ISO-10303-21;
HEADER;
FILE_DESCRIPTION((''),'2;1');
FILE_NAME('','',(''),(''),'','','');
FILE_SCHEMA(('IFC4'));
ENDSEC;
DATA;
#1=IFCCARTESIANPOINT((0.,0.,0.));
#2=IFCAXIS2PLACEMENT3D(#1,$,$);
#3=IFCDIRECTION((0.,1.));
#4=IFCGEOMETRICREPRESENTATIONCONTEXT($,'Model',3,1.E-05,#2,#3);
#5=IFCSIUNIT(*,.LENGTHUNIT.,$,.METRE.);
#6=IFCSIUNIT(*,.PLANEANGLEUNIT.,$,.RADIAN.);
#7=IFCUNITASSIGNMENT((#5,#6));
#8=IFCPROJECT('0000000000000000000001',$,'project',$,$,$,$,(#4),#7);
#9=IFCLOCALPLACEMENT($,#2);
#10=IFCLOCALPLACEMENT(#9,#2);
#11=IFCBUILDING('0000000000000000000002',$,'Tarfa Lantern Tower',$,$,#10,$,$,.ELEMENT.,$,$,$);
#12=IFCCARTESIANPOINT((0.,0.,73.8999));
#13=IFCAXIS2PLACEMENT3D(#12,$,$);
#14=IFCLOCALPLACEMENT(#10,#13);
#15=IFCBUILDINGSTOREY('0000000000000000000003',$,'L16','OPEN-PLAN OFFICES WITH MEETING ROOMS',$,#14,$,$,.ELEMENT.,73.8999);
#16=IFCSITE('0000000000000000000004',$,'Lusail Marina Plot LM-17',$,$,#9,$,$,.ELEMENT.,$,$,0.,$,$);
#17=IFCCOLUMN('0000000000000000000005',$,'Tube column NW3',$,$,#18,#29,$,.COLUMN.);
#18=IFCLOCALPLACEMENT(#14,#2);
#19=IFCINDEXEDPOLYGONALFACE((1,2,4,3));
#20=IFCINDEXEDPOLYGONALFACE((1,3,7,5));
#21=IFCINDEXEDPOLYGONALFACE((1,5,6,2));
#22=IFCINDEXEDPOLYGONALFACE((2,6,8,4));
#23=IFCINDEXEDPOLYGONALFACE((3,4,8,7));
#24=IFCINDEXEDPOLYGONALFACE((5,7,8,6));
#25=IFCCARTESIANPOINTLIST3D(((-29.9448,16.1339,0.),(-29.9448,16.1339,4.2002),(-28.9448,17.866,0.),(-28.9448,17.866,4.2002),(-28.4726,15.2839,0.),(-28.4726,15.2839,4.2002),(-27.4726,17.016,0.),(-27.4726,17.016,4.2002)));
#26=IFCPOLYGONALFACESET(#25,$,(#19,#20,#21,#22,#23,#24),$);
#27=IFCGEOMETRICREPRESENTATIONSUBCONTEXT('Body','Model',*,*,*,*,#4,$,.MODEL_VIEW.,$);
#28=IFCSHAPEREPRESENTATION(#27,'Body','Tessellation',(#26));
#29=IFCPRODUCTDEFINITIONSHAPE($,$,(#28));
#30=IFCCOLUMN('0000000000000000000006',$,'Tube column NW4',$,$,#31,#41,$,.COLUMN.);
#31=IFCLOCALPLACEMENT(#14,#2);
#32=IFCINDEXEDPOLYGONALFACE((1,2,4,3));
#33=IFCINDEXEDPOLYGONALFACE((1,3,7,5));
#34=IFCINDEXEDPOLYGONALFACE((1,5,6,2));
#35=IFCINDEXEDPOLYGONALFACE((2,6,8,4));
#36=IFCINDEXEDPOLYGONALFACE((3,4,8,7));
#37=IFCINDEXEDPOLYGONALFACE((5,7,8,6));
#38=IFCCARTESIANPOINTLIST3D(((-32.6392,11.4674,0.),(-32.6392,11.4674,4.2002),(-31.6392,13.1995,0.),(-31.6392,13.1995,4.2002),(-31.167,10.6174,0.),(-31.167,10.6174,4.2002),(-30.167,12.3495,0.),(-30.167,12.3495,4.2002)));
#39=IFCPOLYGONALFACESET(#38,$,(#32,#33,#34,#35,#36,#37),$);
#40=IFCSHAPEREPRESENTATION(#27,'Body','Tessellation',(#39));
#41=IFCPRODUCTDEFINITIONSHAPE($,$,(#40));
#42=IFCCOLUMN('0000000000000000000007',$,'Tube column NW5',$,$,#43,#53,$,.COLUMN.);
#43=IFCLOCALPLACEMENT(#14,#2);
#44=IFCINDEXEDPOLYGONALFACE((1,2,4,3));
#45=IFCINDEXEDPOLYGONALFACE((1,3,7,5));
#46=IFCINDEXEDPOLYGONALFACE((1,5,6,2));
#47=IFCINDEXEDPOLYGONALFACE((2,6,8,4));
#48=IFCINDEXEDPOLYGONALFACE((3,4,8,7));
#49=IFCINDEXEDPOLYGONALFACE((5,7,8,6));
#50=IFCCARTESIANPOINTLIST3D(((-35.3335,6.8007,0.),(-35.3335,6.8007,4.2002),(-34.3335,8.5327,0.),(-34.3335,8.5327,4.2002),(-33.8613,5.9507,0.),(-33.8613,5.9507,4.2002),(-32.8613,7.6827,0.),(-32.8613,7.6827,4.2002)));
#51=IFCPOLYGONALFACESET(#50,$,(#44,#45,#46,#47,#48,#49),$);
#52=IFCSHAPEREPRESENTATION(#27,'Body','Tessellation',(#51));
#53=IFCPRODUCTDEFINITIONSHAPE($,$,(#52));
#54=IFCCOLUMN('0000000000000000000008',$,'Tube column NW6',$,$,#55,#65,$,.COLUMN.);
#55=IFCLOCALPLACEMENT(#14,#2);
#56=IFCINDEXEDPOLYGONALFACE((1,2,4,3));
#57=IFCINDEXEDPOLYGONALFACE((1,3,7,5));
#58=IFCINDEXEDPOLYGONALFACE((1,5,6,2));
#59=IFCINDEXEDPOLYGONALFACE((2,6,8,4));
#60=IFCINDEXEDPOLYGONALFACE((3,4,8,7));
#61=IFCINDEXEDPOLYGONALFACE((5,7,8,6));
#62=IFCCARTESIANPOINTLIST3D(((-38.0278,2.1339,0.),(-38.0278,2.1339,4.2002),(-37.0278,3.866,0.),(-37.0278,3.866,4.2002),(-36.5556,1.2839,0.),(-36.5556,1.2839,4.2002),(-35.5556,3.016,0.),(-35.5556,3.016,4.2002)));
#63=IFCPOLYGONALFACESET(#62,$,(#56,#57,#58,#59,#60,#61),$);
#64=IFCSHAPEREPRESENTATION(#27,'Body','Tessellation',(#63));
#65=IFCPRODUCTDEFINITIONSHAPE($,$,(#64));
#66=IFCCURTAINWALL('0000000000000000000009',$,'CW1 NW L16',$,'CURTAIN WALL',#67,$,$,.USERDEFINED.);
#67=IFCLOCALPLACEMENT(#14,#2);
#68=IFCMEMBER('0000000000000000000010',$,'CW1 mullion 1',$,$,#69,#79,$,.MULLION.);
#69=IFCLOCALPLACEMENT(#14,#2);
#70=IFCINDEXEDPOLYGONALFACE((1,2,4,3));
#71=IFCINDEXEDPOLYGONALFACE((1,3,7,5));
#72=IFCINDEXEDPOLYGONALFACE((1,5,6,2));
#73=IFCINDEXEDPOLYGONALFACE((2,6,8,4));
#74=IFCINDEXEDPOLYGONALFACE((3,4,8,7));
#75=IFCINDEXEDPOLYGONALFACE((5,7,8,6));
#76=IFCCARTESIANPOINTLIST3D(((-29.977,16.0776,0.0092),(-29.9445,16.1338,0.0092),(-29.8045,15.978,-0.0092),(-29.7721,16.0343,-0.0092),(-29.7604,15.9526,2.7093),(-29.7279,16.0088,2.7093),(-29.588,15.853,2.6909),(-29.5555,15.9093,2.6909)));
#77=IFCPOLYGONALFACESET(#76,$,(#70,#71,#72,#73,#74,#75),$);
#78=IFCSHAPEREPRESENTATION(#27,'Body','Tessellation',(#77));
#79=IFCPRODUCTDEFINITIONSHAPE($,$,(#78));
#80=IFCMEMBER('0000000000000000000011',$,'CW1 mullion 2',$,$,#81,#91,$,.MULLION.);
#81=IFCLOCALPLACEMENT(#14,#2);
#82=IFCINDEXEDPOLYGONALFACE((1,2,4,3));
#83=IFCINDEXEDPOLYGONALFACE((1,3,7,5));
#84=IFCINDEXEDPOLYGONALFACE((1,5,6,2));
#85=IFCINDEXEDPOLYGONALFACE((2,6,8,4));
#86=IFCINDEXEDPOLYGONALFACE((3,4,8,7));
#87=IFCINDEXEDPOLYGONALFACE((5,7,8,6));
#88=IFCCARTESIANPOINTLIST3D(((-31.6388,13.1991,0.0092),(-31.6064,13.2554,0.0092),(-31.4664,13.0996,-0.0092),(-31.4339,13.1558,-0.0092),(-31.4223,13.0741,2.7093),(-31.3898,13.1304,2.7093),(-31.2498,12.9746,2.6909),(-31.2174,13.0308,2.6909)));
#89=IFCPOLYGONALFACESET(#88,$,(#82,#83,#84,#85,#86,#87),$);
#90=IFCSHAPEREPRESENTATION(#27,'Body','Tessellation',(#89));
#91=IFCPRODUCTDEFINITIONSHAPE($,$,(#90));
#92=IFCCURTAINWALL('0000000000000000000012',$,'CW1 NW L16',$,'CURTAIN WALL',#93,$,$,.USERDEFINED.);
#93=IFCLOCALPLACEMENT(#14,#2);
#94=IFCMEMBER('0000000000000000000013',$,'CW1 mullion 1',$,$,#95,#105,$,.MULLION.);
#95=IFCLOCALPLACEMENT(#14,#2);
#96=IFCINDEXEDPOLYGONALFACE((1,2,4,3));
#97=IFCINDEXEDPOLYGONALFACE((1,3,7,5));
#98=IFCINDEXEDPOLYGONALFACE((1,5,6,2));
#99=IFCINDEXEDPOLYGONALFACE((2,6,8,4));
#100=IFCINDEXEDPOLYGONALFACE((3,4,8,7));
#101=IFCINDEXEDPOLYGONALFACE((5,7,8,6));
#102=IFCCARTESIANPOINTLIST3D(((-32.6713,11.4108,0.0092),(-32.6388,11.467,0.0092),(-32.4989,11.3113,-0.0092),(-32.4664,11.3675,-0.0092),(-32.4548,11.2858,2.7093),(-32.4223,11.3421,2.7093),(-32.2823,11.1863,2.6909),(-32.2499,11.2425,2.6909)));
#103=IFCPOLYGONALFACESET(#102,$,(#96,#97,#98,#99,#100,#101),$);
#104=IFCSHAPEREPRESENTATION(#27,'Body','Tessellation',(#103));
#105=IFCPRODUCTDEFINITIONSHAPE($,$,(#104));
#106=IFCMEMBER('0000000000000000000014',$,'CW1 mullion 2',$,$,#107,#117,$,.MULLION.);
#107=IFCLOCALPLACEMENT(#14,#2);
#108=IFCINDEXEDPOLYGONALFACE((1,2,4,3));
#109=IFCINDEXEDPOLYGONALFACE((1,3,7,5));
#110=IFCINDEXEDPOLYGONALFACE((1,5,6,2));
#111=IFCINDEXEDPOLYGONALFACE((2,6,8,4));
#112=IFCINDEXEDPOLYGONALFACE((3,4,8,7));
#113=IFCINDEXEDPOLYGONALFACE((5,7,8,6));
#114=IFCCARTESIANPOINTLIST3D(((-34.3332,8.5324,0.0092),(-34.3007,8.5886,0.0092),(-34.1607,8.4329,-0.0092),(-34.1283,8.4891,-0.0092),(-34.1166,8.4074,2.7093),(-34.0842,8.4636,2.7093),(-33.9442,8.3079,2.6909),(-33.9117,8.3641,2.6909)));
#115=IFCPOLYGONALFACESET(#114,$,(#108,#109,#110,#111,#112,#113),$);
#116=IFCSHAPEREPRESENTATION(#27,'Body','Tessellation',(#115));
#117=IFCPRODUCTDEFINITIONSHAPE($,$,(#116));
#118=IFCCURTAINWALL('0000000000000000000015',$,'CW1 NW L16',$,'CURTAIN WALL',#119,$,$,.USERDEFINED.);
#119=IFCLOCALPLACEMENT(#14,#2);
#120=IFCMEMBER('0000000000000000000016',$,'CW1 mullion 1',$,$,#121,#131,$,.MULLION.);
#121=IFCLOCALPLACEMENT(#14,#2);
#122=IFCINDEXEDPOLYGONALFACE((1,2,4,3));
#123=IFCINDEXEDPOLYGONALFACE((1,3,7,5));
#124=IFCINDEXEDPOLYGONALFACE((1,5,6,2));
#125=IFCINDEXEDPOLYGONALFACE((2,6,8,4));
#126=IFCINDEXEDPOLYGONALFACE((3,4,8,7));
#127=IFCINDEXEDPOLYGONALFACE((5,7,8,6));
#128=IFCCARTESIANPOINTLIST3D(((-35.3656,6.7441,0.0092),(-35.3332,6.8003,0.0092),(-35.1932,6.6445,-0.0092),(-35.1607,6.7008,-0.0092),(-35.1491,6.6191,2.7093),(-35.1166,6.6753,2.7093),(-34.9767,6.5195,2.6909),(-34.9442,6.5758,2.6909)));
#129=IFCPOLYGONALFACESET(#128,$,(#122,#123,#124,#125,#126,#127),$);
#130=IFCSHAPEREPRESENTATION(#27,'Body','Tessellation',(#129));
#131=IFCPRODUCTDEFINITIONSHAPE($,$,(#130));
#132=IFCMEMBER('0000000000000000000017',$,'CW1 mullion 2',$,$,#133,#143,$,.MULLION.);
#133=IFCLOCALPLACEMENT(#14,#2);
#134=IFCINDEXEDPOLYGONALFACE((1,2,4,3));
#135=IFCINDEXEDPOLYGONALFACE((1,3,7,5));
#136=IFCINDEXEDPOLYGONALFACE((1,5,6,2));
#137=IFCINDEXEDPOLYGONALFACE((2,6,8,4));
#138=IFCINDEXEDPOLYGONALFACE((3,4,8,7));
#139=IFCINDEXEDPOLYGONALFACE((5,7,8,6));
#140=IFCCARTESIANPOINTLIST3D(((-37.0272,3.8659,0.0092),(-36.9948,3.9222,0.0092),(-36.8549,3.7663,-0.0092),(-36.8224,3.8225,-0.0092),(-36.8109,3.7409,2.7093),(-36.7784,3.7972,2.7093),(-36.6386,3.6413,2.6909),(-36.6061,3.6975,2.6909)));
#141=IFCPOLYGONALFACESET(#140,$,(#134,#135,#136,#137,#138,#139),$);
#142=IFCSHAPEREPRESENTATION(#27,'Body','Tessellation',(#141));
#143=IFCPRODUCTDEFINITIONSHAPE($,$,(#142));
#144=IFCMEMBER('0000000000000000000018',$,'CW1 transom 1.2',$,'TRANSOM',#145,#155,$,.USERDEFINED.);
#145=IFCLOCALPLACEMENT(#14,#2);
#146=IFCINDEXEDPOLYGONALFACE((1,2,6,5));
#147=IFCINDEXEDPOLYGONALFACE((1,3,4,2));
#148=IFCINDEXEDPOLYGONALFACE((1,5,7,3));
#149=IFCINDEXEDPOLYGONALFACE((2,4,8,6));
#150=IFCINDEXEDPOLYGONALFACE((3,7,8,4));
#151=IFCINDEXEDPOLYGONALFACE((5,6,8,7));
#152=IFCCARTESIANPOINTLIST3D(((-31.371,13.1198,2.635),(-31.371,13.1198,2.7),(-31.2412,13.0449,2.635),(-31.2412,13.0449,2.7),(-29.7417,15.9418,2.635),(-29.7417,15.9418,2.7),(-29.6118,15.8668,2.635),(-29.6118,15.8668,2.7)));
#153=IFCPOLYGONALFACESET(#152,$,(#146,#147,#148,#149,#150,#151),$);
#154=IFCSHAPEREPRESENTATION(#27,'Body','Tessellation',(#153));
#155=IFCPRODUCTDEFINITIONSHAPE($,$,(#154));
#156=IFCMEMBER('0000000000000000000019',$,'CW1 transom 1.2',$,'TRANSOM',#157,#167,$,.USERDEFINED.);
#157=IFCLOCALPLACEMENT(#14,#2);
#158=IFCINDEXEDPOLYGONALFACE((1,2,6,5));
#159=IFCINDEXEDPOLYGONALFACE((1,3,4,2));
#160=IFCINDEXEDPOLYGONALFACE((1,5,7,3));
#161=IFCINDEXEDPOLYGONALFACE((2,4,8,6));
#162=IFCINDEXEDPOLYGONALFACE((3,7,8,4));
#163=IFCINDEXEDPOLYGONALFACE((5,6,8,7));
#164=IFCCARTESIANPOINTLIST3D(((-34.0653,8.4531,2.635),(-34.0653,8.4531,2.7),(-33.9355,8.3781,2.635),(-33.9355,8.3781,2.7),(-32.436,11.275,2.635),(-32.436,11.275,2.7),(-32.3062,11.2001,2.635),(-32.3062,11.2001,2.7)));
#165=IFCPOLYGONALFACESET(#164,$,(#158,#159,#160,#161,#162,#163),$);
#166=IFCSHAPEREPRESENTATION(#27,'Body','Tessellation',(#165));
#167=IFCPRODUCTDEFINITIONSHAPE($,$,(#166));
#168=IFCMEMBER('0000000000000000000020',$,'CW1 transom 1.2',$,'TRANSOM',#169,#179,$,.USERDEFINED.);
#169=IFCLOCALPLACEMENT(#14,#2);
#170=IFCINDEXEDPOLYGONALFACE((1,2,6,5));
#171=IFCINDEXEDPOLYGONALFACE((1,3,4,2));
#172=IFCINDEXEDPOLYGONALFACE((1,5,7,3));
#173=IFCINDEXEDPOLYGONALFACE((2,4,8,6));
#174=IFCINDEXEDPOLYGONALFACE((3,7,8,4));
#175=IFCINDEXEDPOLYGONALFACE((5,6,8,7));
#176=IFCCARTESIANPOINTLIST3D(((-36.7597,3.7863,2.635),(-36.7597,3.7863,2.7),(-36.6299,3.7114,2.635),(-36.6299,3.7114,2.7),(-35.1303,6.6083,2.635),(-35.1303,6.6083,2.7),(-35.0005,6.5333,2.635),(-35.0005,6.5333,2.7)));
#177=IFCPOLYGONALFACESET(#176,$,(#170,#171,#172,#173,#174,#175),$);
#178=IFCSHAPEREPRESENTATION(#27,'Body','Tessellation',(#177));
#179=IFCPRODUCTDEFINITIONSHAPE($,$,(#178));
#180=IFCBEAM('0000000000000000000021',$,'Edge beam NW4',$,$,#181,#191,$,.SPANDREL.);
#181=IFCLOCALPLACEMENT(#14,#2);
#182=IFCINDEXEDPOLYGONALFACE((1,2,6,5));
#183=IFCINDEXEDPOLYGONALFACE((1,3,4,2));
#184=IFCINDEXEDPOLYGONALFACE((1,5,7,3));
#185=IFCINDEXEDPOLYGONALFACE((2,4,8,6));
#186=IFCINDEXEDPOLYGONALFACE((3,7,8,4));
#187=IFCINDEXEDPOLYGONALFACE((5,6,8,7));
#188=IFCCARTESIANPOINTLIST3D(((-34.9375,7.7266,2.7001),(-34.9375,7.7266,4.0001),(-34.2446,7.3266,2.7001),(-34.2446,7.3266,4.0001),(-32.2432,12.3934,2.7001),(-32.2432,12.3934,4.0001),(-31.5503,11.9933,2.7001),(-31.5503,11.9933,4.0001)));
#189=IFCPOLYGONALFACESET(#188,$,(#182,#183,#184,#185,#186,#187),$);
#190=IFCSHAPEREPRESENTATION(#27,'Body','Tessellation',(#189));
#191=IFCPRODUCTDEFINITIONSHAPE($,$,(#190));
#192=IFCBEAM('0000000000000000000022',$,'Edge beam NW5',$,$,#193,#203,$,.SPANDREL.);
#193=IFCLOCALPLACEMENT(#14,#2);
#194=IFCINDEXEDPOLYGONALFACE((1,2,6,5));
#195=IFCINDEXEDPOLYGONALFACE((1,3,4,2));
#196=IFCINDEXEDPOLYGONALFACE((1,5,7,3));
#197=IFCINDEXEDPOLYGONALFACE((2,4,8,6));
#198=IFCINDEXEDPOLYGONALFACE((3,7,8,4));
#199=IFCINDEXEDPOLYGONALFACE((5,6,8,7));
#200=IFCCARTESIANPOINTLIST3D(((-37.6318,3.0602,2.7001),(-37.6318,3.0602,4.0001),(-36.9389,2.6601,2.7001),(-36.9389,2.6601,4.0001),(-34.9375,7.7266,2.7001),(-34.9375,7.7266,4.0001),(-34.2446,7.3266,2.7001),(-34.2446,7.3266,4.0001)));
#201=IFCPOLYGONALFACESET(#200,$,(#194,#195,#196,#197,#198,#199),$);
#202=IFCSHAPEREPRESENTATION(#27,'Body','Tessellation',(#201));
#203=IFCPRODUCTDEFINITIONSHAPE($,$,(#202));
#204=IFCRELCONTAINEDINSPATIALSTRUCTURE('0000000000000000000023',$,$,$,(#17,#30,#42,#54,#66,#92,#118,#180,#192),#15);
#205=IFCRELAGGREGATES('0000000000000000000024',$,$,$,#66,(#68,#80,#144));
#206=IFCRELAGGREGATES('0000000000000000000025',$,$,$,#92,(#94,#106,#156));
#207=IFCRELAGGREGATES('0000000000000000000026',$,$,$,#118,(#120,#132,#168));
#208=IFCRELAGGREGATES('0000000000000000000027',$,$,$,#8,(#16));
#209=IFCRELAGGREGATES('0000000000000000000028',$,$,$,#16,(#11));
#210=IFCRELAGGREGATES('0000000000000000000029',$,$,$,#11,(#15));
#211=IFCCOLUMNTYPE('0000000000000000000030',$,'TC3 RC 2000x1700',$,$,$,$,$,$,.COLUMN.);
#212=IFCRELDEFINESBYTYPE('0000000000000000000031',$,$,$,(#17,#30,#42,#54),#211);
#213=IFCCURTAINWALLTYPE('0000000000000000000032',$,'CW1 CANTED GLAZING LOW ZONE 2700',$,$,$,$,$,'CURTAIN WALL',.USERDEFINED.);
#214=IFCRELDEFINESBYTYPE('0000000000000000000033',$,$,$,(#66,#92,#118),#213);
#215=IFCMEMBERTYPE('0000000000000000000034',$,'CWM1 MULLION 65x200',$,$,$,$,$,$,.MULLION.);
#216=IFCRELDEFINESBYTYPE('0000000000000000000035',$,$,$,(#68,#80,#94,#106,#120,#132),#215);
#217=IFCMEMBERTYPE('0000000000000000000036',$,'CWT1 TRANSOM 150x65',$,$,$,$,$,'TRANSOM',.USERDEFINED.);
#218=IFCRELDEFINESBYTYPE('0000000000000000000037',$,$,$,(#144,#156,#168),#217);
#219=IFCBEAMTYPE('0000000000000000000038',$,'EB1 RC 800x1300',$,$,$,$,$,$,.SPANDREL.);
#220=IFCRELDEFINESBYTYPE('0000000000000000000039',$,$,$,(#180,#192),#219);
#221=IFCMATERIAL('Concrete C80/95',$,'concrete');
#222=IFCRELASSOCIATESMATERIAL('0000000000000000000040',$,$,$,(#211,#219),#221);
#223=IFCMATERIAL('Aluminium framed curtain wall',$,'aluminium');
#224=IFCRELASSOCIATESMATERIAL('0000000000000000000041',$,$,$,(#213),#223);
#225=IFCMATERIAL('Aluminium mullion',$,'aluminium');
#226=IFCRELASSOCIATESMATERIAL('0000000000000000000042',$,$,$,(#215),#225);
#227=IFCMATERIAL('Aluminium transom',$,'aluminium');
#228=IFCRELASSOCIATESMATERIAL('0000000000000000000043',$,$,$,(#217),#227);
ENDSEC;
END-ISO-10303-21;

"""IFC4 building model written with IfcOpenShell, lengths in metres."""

from ifc_helpers import new_model, si_unit, direction, frame, origin, origin_2d, place, context, subcontext, project, spatial, rectangle, extrude, material, material_profile, profile_set, type_object, element, aggregate, save


model = new_model("IFC4")

# Units and contexts
model_context = context("Model", 3, precision=1e-05, world=origin(), true_north=direction((0.0, 1.0)))
body_context = subcontext(model_context, "Body", "Model", "MODEL_VIEW")
ifc_project = project(units=[si_unit("LENGTHUNIT", "METRE"), si_unit("PLANEANGLEUNIT", "RADIAN")], contexts=[model_context])

# Site, building, storey
site_placement = place(None, origin())
site = spatial("IfcSite", under=ifc_project, at=site_placement, Name="Lusail Marina Plot LM-17", CompositionType="ELEMENT", RefElevation=0.0)
building_placement = place(site_placement, origin())
building = spatial("IfcBuilding", under=site, at=building_placement, Name="Tarfa Lantern Tower", CompositionType="ELEMENT")
storey_placement = place(building_placement, frame((0.0, 0.0, 73.8999)))
storey = spatial("IfcBuildingStorey", under=building, at=storey_placement, Name="L16", Description="OPEN-PLAN OFFICES WITH MEETING ROOMS", CompositionType="ELEMENT", Elevation=73.8999)

# Columns
ifc_material_1 = material(Name="Concrete C80/95", Category="concrete")
ifc_material_profile_1 = material_profile(ifc_material_1, rectangle(XDim=2.0, YDim=1.7, at=origin_2d()), Name="RC 2000x1700")
ifc_profile_set_1 = profile_set([ifc_material_profile_1], Name="Concrete C80/95")
column_type = type_object("IfcColumnType", Name="TC3 RC 2000x1700", PredefinedType="COLUMN", material=ifc_profile_set_1)
for number, where, z_axis, x_axis, name in (
    (1, (-28.7087, 16.575, 0.0), (0.0, 0.0, 1.0), (-0.5, -0.866025, 0.0), "Tube column NW3"),
    (2, (-31.4031, 11.9084, 0.0), (0.0, 0.0, 1.0), (-0.5, -0.866025, 0.0), "Tube column NW4"),
    (3, (-34.0974, 7.2417, 0.0), (0.0, 0.0, 1.0), (-0.5, -0.866025, 0.0), "Tube column NW5"),
    (4, (-36.7917, 2.575, 0.0), (0.0, 0.0, 1.0), (-0.5, -0.866025, 0.0), "Tube column NW6"),
):
    element("IfcColumn", number, at=place(storey_placement, frame(where, z_axis=z_axis, x_axis=x_axis)), inside=storey, type_object=column_type, Name=name, PredefinedType="COLUMN", context=body_context, shape_type="SweptSolid", body=[
        extrude(rectangle(XDim=2.0, YDim=1.7, at=origin_2d()), origin(), (0.0, 0.0, 1.0), 4.2002),
    ])

# Curtain walls, members
ifc_material_2 = material(Name="Aluminium framed curtain wall", Category="aluminium")
curtain_wall_type = type_object("IfcCurtainWallType", Name="CW1 CANTED GLAZING LOW ZONE 2700", ElementType="CURTAIN WALL", PredefinedType="USERDEFINED", material=ifc_material_2)
curtain_wall_1_placement = place(storey_placement, origin())
curtain_wall_1 = element("IfcCurtainWall", 5, at=curtain_wall_1_placement, inside=storey, type_object=curtain_wall_type, Name="CW1 NW L16", ObjectType="CURTAIN WALL", PredefinedType="USERDEFINED")
ifc_material_3 = material(Name="Aluminium mullion", Category="aluminium")
ifc_material_profile_2 = material_profile(ifc_material_3, rectangle(XDim=0.0649, YDim=0.2, at=origin_2d()), Name="AL MULLION 65x200")
ifc_profile_set_2 = profile_set([ifc_material_profile_2], Name="Aluminium mullion")
member_type_1 = type_object("IfcMemberType", Name="CWM1 MULLION 65x200", PredefinedType="MULLION", material=ifc_profile_set_2)
member_1_placement = place(storey_placement, frame((-29.8745, 16.0559, 0.0), z_axis=(0.079857, -0.046096, 0.99574), x_axis=(0.49992, 0.866072, 0.0)))
member_1 = element("IfcMember", 6, at=member_1_placement, type_object=member_type_1, Name="CW1 mullion 1", PredefinedType="MULLION", context=body_context, shape_type="SweptSolid", body=[
    extrude(rectangle(XDim=0.0649, YDim=0.2, at=origin_2d()), origin(), (0.0, 0.0, 1.0), 2.7117),
])
member_2_placement = place(storey_placement, frame((-31.5364, 13.1775, 0.0), z_axis=(0.079857, -0.046096, 0.99574), x_axis=(0.49992, 0.866072, 0.0)))
member_2 = element("IfcMember", 7, at=member_2_placement, type_object=member_type_1, Name="CW1 mullion 2", PredefinedType="MULLION", context=body_context, shape_type="SweptSolid", body=[
    extrude(rectangle(XDim=0.0649, YDim=0.2, at=origin_2d()), origin(), (0.0, 0.0, 1.0), 2.7117),
])
curtain_wall_2_placement = place(storey_placement, origin())
curtain_wall_2 = element("IfcCurtainWall", 8, at=curtain_wall_2_placement, inside=storey, type_object=curtain_wall_type, Name="CW1 NW L16", ObjectType="CURTAIN WALL", PredefinedType="USERDEFINED")
member_3_placement = place(storey_placement, frame((-32.5688, 11.3892, 0.0), z_axis=(0.079857, -0.046096, 0.99574), x_axis=(0.49992, 0.866072, 0.0)))
member_3 = element("IfcMember", 9, at=member_3_placement, type_object=member_type_1, Name="CW1 mullion 1", PredefinedType="MULLION", context=body_context, shape_type="SweptSolid", body=[
    extrude(rectangle(XDim=0.0649, YDim=0.2, at=origin_2d()), origin(), (0.0, 0.0, 1.0), 2.7117),
])
member_4_placement = place(storey_placement, frame((-34.2307, 8.5107, 0.0), z_axis=(0.079857, -0.046096, 0.99574), x_axis=(0.49992, 0.866072, 0.0)))
member_4 = element("IfcMember", 10, at=member_4_placement, type_object=member_type_1, Name="CW1 mullion 2", PredefinedType="MULLION", context=body_context, shape_type="SweptSolid", body=[
    extrude(rectangle(XDim=0.0649, YDim=0.2, at=origin_2d()), origin(), (0.0, 0.0, 1.0), 2.7117),
])
curtain_wall_3_placement = place(storey_placement, origin())
curtain_wall_3 = element("IfcCurtainWall", 11, at=curtain_wall_3_placement, inside=storey, type_object=curtain_wall_type, Name="CW1 NW L16", ObjectType="CURTAIN WALL", PredefinedType="USERDEFINED")
member_5_placement = place(storey_placement, frame((-35.2632, 6.7224, 0.0), z_axis=(0.079857, -0.046096, 0.99574), x_axis=(0.49992, 0.866072, 0.0)))
member_5 = element("IfcMember", 12, at=member_5_placement, type_object=member_type_1, Name="CW1 mullion 1", PredefinedType="MULLION", context=body_context, shape_type="SweptSolid", body=[
    extrude(rectangle(XDim=0.0649, YDim=0.2, at=origin_2d()), origin(), (0.0, 0.0, 1.0), 2.7117),
])
member_6_placement = place(storey_placement, frame((-36.9248, 3.8442, 0.0), z_axis=(0.079768, -0.046096, 0.995747), x_axis=(0.500343, 0.865827, 0.0)))
member_6 = element("IfcMember", 13, at=member_6_placement, type_object=member_type_1, Name="CW1 mullion 2", PredefinedType="MULLION", context=body_context, shape_type="SweptSolid", body=[
    extrude(rectangle(XDim=0.0649, YDim=0.2, at=origin_2d()), origin(), (0.0, 0.0, 1.0), 2.7117),
])

# Members
ifc_material_4 = material(Name="Aluminium transom", Category="aluminium")
ifc_material_profile_3 = material_profile(ifc_material_4, rectangle(XDim=0.1499, YDim=0.0649, at=origin_2d()), Name="AL TRANSOM 150x65")
ifc_profile_set_3 = profile_set([ifc_material_profile_3], Name="Aluminium transom")
member_type_2 = type_object("IfcMemberType", Name="CWT1 TRANSOM 150x65", ElementType="TRANSOM", PredefinedType="USERDEFINED", material=ifc_profile_set_3)
member_7_placement = place(storey_placement, frame((-29.6768, 15.9043, 2.6675), z_axis=(-0.500023, -0.866012, 0.0), x_axis=(0.866012, -0.500023, 0.0)))
member_7 = element("IfcMember", 14, at=member_7_placement, type_object=member_type_2, Name="CW1 transom 1.2", ObjectType="TRANSOM", PredefinedType="USERDEFINED", context=body_context, shape_type="SweptSolid", body=[
    extrude(rectangle(XDim=0.1499, YDim=0.0649, at=origin_2d()), origin(), (0.0, 0.0, 1.0), 3.2585),
])
member_8_placement = place(storey_placement, frame((-32.3711, 11.2375, 2.6675), z_axis=(-0.500023, -0.866012, 0.0), x_axis=(0.866012, -0.500023, 0.0)))
member_8 = element("IfcMember", 15, at=member_8_placement, type_object=member_type_2, Name="CW1 transom 1.2", ObjectType="TRANSOM", PredefinedType="USERDEFINED", context=body_context, shape_type="SweptSolid", body=[
    extrude(rectangle(XDim=0.1499, YDim=0.0649, at=origin_2d()), origin(), (0.0, 0.0, 1.0), 3.2585),
])
member_9_placement = place(storey_placement, frame((-35.0654, 6.5708, 2.6675), z_axis=(-0.500023, -0.866012, 0.0), x_axis=(0.866012, -0.500023, 0.0)))
member_9 = element("IfcMember", 16, at=member_9_placement, type_object=member_type_2, Name="CW1 transom 1.2", ObjectType="TRANSOM", PredefinedType="USERDEFINED", context=body_context, shape_type="SweptSolid", body=[
    extrude(rectangle(XDim=0.1499, YDim=0.0649, at=origin_2d()), origin(), (0.0, 0.0, 1.0), 3.2585),
])

# Beams
ifc_material_profile_4 = material_profile(ifc_material_1, rectangle(XDim=0.8, YDim=1.3, at=origin_2d()), Name="RC 800x1300")
ifc_profile_set_4 = profile_set([ifc_material_profile_4], Name="Concrete C80/95")
beam_type_1 = type_object("IfcBeamType", Name="EB1 RC 800x1300", PredefinedType="SPANDREL", material=ifc_profile_set_4)
beam_1_placement = place(storey_placement, frame((-31.8967, 12.1934, 3.3501), z_axis=(-0.499998, -0.866026, 0.0), x_axis=(0.866026, -0.499998, 0.0)))
element("IfcBeam", 17, at=beam_1_placement, inside=storey, type_object=beam_type_1, Name="Edge beam NW4", PredefinedType="SPANDREL", context=body_context, shape_type="SweptSolid", body=[
    extrude(rectangle(XDim=0.8, YDim=1.3, at=origin_2d()), origin(), (0.0, 0.0, 1.0), 5.3887),
])
beam_2_placement = place(storey_placement, frame((-34.5911, 7.5266, 3.3501), z_axis=(-0.500018, -0.866015, 0.0), x_axis=(0.866015, -0.500018, 0.0)))
element("IfcBeam", 18, at=beam_2_placement, inside=storey, type_object=beam_type_1, Name="Edge beam NW5", PredefinedType="SPANDREL", context=body_context, shape_type="SweptSolid", body=[
    extrude(rectangle(XDim=0.8, YDim=1.3, at=origin_2d()), origin(), (0.0, 0.0, 1.0), 5.3884),
])

aggregate(curtain_wall_1, [member_1, member_2, member_7])
aggregate(curtain_wall_2, [member_3, member_4, member_8])
aggregate(curtain_wall_3, [member_5, member_6, member_9])

save(model, "model.ifc")
